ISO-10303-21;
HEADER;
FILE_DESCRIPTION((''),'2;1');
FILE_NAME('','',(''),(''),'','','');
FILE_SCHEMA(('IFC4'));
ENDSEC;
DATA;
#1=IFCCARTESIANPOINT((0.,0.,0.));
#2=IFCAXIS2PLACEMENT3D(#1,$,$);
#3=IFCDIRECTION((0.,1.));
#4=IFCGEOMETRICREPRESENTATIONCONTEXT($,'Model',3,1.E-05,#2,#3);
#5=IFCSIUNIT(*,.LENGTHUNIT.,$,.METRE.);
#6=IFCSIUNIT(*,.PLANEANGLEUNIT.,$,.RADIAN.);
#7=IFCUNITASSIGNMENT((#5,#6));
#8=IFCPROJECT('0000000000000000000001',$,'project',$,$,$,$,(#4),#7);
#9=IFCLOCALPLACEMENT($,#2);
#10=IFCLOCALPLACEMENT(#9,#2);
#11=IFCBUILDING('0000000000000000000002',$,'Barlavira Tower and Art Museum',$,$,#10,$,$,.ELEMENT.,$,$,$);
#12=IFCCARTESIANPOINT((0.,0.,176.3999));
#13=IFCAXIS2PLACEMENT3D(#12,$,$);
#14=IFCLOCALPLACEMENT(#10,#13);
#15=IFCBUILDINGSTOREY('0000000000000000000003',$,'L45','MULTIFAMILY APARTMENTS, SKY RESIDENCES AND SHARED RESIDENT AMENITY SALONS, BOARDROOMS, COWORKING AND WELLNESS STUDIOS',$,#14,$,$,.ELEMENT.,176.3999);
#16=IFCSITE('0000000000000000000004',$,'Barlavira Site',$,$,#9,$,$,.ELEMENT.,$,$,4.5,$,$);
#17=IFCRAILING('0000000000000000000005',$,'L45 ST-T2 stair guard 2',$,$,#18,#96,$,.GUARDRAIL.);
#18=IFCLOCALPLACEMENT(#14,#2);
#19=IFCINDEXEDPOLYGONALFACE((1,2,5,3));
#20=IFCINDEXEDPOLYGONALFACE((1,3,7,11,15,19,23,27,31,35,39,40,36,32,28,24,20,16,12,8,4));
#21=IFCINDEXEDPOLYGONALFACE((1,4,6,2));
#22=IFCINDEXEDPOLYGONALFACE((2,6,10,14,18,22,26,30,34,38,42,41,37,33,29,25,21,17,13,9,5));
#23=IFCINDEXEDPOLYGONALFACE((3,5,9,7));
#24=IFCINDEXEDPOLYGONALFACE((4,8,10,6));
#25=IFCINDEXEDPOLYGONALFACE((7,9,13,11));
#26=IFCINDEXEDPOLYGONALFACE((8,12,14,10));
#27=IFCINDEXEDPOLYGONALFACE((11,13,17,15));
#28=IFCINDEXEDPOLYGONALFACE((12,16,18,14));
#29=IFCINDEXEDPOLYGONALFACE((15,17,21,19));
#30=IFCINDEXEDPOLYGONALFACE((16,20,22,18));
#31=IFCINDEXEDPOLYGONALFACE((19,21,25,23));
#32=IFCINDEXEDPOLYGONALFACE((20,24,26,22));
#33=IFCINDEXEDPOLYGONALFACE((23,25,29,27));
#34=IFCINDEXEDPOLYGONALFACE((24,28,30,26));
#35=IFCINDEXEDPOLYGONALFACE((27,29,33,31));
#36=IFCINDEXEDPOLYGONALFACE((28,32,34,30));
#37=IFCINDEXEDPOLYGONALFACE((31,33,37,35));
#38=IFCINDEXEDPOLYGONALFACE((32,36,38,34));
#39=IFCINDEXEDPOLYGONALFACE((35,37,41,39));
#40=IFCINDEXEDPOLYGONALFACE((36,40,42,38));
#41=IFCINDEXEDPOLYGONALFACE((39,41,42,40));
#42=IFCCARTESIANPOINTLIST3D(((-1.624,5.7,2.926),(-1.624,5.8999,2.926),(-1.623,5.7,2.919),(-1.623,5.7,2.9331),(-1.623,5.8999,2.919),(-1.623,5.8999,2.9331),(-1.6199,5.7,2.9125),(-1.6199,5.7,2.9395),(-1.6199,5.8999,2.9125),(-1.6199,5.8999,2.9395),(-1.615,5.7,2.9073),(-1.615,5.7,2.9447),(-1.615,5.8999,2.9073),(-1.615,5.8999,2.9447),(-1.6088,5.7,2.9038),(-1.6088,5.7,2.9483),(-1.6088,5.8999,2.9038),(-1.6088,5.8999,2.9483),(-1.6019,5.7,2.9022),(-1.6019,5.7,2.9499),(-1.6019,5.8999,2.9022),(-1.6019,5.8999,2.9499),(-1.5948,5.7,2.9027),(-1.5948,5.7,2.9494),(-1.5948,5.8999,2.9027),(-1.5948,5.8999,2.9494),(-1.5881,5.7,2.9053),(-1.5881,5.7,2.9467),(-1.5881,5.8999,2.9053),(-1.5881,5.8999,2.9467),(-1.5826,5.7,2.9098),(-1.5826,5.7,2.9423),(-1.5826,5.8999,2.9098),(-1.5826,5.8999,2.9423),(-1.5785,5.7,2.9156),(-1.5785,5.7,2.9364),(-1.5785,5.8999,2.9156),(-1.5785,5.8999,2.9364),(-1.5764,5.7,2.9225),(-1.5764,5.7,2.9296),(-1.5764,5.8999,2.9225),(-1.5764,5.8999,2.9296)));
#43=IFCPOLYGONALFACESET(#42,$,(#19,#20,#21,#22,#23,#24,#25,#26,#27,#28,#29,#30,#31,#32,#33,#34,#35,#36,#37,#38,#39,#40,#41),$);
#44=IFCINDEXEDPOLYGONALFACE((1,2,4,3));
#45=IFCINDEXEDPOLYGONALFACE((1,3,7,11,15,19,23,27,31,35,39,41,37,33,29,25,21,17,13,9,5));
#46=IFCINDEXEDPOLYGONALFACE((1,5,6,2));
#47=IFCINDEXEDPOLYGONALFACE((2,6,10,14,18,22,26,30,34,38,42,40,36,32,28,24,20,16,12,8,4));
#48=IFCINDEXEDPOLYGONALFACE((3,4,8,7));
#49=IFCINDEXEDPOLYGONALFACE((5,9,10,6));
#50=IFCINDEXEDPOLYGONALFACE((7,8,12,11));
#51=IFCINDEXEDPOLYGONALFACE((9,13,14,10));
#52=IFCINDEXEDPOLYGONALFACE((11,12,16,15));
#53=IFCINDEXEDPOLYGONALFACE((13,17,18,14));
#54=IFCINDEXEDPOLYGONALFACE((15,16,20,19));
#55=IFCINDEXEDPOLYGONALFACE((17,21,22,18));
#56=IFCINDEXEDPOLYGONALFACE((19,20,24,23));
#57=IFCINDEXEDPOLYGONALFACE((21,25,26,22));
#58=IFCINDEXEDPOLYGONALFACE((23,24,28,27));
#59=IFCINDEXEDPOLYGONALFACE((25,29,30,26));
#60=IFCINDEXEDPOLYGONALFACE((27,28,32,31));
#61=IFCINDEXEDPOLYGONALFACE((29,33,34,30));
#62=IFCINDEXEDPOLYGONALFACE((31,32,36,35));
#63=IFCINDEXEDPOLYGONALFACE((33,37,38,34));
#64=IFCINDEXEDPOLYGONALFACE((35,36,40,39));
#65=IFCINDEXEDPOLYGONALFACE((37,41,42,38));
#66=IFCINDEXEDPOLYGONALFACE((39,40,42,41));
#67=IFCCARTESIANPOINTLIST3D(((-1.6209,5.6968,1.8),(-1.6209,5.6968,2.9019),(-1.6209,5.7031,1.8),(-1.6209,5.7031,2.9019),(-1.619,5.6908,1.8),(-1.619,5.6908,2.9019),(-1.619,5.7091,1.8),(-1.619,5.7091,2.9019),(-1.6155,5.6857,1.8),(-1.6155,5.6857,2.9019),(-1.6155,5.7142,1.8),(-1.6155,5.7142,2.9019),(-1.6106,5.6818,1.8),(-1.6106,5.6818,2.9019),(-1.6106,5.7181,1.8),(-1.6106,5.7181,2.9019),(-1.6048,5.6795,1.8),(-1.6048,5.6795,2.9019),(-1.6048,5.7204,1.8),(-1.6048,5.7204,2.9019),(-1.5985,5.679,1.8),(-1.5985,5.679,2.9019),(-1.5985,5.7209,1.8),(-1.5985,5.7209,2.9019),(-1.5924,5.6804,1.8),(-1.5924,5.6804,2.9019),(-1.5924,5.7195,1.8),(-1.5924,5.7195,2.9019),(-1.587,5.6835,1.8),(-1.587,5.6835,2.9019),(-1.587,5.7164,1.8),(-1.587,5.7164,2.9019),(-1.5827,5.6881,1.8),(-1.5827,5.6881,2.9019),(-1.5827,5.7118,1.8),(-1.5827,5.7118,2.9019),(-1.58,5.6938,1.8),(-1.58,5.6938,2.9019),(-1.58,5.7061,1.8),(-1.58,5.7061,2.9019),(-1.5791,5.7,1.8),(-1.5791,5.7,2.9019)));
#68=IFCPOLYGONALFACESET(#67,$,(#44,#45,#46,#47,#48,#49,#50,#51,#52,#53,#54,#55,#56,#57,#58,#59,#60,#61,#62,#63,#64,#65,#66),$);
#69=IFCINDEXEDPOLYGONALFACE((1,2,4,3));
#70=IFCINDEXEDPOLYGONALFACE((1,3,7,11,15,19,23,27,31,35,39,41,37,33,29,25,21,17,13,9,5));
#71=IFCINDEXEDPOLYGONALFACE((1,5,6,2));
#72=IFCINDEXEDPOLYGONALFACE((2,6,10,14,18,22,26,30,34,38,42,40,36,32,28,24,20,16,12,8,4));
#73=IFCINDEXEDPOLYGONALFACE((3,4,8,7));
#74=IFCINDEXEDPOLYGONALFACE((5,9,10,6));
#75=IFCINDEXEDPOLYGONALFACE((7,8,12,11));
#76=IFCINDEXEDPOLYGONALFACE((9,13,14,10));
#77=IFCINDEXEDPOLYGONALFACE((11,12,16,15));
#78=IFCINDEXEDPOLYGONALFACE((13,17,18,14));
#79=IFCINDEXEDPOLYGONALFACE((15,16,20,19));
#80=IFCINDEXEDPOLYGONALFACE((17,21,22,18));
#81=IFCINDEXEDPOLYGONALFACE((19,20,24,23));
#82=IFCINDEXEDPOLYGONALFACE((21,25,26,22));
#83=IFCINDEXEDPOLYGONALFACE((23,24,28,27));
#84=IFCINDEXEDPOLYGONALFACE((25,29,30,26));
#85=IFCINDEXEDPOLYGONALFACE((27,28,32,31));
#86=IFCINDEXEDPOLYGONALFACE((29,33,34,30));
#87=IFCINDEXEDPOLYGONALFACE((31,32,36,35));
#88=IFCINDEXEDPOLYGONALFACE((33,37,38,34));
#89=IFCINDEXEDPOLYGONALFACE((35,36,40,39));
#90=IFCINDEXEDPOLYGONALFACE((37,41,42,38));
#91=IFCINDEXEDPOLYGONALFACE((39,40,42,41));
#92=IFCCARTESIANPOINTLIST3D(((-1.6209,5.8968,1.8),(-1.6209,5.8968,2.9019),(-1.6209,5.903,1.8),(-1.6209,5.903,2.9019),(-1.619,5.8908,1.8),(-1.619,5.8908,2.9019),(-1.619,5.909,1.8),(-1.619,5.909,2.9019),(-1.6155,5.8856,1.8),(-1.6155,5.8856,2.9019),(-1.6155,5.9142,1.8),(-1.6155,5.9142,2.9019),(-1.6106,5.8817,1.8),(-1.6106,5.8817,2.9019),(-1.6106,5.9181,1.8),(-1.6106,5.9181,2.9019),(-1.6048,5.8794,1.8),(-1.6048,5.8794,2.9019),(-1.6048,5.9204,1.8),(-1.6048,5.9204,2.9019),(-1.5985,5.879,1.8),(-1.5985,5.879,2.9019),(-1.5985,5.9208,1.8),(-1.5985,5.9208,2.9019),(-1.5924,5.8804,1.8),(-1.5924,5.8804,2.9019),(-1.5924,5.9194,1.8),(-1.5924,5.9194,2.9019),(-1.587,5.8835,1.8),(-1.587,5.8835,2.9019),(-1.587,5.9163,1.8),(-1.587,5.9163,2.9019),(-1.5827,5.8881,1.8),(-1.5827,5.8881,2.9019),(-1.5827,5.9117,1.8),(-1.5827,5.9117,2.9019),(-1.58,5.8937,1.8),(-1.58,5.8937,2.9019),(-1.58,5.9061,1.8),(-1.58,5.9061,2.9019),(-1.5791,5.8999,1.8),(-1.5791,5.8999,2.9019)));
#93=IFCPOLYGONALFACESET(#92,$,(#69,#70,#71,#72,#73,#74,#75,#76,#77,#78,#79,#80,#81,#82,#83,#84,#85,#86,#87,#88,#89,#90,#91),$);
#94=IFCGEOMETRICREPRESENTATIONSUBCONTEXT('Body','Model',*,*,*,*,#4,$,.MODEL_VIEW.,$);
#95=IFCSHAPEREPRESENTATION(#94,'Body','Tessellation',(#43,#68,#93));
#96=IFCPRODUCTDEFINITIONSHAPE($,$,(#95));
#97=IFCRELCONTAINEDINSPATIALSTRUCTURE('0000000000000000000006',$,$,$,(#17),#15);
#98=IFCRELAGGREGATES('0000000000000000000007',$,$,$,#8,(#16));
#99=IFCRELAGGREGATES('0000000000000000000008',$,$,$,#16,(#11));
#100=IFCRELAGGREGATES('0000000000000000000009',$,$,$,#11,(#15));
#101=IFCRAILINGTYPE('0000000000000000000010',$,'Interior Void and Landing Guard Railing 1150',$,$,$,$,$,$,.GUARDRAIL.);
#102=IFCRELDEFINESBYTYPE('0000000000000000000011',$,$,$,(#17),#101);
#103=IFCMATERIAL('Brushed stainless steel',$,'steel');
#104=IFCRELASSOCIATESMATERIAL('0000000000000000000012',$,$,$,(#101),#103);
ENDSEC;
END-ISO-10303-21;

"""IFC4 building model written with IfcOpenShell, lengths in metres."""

from ifc_helpers import new_model, si_unit, direction, frame, origin, origin_2d, place, context, subcontext, project, spatial, circle, extrude, material, type_object, element, save


model = new_model("IFC4")

# Units and contexts
model_context = context("Model", 3, precision=1e-05, world=origin(), true_north=direction((0.0, 1.0)))
body_context = subcontext(model_context, "Body", "Model", "MODEL_VIEW")
ifc_project = project(units=[si_unit("LENGTHUNIT", "METRE"), si_unit("PLANEANGLEUNIT", "RADIAN")], contexts=[model_context])

# Site, building, storey
site_placement = place(None, origin())
site = spatial("IfcSite", under=ifc_project, at=site_placement, Name="Barlavira Site", CompositionType="ELEMENT", RefElevation=4.5)
building_placement = place(site_placement, origin())
building = spatial("IfcBuilding", under=site, at=building_placement, Name="Barlavira Tower and Art Museum", CompositionType="ELEMENT")
storey_placement = place(building_placement, frame((0.0, 0.0, 176.3999)))
storey = spatial("IfcBuildingStorey", under=building, at=storey_placement, Name="L45", Description="MULTIFAMILY APARTMENTS, SKY RESIDENCES AND SHARED RESIDENT AMENITY SALONS, BOARDROOMS, COWORKING AND WELLNESS STUDIOS", CompositionType="ELEMENT", Elevation=176.3999)

# Shared definitions
ifc_material_1 = material(Name="Brushed stainless steel", Category="steel")

# Railing
railing_type_1 = type_object("IfcRailingType", Name="Interior Void and Landing Guard Railing 1150", PredefinedType="GUARDRAIL", material=ifc_material_1)
railing_1_placement = place(storey_placement, frame((-1.6001, 5.7, 1.8)))
element("IfcRailing", 1, at=railing_1_placement, inside=storey, type_object=railing_type_1, Name="L45 ST-T2 stair guard 2", PredefinedType="GUARDRAIL", context=body_context, shape_type="SweptSolid", body=[
    extrude(circle(Radius=0.0239, at=origin_2d()), frame((0.0, 0.0, 1.126), z_axis=(0.0, 1.0, 0.0), x_axis=(-1.0, 0.0, 0.0)), (0.0, 0.0, 1.0), 0.2),
    extrude(circle(Radius=0.021, at=origin_2d()), origin(), (0.0, 0.0, 1.0), 1.1018),
    extrude(circle(Radius=0.021, at=origin_2d()), frame((0.0, 0.2, 0.0)), (0.0, 0.0, 1.0), 1.1018),
])

save(model, "model.ifc")
